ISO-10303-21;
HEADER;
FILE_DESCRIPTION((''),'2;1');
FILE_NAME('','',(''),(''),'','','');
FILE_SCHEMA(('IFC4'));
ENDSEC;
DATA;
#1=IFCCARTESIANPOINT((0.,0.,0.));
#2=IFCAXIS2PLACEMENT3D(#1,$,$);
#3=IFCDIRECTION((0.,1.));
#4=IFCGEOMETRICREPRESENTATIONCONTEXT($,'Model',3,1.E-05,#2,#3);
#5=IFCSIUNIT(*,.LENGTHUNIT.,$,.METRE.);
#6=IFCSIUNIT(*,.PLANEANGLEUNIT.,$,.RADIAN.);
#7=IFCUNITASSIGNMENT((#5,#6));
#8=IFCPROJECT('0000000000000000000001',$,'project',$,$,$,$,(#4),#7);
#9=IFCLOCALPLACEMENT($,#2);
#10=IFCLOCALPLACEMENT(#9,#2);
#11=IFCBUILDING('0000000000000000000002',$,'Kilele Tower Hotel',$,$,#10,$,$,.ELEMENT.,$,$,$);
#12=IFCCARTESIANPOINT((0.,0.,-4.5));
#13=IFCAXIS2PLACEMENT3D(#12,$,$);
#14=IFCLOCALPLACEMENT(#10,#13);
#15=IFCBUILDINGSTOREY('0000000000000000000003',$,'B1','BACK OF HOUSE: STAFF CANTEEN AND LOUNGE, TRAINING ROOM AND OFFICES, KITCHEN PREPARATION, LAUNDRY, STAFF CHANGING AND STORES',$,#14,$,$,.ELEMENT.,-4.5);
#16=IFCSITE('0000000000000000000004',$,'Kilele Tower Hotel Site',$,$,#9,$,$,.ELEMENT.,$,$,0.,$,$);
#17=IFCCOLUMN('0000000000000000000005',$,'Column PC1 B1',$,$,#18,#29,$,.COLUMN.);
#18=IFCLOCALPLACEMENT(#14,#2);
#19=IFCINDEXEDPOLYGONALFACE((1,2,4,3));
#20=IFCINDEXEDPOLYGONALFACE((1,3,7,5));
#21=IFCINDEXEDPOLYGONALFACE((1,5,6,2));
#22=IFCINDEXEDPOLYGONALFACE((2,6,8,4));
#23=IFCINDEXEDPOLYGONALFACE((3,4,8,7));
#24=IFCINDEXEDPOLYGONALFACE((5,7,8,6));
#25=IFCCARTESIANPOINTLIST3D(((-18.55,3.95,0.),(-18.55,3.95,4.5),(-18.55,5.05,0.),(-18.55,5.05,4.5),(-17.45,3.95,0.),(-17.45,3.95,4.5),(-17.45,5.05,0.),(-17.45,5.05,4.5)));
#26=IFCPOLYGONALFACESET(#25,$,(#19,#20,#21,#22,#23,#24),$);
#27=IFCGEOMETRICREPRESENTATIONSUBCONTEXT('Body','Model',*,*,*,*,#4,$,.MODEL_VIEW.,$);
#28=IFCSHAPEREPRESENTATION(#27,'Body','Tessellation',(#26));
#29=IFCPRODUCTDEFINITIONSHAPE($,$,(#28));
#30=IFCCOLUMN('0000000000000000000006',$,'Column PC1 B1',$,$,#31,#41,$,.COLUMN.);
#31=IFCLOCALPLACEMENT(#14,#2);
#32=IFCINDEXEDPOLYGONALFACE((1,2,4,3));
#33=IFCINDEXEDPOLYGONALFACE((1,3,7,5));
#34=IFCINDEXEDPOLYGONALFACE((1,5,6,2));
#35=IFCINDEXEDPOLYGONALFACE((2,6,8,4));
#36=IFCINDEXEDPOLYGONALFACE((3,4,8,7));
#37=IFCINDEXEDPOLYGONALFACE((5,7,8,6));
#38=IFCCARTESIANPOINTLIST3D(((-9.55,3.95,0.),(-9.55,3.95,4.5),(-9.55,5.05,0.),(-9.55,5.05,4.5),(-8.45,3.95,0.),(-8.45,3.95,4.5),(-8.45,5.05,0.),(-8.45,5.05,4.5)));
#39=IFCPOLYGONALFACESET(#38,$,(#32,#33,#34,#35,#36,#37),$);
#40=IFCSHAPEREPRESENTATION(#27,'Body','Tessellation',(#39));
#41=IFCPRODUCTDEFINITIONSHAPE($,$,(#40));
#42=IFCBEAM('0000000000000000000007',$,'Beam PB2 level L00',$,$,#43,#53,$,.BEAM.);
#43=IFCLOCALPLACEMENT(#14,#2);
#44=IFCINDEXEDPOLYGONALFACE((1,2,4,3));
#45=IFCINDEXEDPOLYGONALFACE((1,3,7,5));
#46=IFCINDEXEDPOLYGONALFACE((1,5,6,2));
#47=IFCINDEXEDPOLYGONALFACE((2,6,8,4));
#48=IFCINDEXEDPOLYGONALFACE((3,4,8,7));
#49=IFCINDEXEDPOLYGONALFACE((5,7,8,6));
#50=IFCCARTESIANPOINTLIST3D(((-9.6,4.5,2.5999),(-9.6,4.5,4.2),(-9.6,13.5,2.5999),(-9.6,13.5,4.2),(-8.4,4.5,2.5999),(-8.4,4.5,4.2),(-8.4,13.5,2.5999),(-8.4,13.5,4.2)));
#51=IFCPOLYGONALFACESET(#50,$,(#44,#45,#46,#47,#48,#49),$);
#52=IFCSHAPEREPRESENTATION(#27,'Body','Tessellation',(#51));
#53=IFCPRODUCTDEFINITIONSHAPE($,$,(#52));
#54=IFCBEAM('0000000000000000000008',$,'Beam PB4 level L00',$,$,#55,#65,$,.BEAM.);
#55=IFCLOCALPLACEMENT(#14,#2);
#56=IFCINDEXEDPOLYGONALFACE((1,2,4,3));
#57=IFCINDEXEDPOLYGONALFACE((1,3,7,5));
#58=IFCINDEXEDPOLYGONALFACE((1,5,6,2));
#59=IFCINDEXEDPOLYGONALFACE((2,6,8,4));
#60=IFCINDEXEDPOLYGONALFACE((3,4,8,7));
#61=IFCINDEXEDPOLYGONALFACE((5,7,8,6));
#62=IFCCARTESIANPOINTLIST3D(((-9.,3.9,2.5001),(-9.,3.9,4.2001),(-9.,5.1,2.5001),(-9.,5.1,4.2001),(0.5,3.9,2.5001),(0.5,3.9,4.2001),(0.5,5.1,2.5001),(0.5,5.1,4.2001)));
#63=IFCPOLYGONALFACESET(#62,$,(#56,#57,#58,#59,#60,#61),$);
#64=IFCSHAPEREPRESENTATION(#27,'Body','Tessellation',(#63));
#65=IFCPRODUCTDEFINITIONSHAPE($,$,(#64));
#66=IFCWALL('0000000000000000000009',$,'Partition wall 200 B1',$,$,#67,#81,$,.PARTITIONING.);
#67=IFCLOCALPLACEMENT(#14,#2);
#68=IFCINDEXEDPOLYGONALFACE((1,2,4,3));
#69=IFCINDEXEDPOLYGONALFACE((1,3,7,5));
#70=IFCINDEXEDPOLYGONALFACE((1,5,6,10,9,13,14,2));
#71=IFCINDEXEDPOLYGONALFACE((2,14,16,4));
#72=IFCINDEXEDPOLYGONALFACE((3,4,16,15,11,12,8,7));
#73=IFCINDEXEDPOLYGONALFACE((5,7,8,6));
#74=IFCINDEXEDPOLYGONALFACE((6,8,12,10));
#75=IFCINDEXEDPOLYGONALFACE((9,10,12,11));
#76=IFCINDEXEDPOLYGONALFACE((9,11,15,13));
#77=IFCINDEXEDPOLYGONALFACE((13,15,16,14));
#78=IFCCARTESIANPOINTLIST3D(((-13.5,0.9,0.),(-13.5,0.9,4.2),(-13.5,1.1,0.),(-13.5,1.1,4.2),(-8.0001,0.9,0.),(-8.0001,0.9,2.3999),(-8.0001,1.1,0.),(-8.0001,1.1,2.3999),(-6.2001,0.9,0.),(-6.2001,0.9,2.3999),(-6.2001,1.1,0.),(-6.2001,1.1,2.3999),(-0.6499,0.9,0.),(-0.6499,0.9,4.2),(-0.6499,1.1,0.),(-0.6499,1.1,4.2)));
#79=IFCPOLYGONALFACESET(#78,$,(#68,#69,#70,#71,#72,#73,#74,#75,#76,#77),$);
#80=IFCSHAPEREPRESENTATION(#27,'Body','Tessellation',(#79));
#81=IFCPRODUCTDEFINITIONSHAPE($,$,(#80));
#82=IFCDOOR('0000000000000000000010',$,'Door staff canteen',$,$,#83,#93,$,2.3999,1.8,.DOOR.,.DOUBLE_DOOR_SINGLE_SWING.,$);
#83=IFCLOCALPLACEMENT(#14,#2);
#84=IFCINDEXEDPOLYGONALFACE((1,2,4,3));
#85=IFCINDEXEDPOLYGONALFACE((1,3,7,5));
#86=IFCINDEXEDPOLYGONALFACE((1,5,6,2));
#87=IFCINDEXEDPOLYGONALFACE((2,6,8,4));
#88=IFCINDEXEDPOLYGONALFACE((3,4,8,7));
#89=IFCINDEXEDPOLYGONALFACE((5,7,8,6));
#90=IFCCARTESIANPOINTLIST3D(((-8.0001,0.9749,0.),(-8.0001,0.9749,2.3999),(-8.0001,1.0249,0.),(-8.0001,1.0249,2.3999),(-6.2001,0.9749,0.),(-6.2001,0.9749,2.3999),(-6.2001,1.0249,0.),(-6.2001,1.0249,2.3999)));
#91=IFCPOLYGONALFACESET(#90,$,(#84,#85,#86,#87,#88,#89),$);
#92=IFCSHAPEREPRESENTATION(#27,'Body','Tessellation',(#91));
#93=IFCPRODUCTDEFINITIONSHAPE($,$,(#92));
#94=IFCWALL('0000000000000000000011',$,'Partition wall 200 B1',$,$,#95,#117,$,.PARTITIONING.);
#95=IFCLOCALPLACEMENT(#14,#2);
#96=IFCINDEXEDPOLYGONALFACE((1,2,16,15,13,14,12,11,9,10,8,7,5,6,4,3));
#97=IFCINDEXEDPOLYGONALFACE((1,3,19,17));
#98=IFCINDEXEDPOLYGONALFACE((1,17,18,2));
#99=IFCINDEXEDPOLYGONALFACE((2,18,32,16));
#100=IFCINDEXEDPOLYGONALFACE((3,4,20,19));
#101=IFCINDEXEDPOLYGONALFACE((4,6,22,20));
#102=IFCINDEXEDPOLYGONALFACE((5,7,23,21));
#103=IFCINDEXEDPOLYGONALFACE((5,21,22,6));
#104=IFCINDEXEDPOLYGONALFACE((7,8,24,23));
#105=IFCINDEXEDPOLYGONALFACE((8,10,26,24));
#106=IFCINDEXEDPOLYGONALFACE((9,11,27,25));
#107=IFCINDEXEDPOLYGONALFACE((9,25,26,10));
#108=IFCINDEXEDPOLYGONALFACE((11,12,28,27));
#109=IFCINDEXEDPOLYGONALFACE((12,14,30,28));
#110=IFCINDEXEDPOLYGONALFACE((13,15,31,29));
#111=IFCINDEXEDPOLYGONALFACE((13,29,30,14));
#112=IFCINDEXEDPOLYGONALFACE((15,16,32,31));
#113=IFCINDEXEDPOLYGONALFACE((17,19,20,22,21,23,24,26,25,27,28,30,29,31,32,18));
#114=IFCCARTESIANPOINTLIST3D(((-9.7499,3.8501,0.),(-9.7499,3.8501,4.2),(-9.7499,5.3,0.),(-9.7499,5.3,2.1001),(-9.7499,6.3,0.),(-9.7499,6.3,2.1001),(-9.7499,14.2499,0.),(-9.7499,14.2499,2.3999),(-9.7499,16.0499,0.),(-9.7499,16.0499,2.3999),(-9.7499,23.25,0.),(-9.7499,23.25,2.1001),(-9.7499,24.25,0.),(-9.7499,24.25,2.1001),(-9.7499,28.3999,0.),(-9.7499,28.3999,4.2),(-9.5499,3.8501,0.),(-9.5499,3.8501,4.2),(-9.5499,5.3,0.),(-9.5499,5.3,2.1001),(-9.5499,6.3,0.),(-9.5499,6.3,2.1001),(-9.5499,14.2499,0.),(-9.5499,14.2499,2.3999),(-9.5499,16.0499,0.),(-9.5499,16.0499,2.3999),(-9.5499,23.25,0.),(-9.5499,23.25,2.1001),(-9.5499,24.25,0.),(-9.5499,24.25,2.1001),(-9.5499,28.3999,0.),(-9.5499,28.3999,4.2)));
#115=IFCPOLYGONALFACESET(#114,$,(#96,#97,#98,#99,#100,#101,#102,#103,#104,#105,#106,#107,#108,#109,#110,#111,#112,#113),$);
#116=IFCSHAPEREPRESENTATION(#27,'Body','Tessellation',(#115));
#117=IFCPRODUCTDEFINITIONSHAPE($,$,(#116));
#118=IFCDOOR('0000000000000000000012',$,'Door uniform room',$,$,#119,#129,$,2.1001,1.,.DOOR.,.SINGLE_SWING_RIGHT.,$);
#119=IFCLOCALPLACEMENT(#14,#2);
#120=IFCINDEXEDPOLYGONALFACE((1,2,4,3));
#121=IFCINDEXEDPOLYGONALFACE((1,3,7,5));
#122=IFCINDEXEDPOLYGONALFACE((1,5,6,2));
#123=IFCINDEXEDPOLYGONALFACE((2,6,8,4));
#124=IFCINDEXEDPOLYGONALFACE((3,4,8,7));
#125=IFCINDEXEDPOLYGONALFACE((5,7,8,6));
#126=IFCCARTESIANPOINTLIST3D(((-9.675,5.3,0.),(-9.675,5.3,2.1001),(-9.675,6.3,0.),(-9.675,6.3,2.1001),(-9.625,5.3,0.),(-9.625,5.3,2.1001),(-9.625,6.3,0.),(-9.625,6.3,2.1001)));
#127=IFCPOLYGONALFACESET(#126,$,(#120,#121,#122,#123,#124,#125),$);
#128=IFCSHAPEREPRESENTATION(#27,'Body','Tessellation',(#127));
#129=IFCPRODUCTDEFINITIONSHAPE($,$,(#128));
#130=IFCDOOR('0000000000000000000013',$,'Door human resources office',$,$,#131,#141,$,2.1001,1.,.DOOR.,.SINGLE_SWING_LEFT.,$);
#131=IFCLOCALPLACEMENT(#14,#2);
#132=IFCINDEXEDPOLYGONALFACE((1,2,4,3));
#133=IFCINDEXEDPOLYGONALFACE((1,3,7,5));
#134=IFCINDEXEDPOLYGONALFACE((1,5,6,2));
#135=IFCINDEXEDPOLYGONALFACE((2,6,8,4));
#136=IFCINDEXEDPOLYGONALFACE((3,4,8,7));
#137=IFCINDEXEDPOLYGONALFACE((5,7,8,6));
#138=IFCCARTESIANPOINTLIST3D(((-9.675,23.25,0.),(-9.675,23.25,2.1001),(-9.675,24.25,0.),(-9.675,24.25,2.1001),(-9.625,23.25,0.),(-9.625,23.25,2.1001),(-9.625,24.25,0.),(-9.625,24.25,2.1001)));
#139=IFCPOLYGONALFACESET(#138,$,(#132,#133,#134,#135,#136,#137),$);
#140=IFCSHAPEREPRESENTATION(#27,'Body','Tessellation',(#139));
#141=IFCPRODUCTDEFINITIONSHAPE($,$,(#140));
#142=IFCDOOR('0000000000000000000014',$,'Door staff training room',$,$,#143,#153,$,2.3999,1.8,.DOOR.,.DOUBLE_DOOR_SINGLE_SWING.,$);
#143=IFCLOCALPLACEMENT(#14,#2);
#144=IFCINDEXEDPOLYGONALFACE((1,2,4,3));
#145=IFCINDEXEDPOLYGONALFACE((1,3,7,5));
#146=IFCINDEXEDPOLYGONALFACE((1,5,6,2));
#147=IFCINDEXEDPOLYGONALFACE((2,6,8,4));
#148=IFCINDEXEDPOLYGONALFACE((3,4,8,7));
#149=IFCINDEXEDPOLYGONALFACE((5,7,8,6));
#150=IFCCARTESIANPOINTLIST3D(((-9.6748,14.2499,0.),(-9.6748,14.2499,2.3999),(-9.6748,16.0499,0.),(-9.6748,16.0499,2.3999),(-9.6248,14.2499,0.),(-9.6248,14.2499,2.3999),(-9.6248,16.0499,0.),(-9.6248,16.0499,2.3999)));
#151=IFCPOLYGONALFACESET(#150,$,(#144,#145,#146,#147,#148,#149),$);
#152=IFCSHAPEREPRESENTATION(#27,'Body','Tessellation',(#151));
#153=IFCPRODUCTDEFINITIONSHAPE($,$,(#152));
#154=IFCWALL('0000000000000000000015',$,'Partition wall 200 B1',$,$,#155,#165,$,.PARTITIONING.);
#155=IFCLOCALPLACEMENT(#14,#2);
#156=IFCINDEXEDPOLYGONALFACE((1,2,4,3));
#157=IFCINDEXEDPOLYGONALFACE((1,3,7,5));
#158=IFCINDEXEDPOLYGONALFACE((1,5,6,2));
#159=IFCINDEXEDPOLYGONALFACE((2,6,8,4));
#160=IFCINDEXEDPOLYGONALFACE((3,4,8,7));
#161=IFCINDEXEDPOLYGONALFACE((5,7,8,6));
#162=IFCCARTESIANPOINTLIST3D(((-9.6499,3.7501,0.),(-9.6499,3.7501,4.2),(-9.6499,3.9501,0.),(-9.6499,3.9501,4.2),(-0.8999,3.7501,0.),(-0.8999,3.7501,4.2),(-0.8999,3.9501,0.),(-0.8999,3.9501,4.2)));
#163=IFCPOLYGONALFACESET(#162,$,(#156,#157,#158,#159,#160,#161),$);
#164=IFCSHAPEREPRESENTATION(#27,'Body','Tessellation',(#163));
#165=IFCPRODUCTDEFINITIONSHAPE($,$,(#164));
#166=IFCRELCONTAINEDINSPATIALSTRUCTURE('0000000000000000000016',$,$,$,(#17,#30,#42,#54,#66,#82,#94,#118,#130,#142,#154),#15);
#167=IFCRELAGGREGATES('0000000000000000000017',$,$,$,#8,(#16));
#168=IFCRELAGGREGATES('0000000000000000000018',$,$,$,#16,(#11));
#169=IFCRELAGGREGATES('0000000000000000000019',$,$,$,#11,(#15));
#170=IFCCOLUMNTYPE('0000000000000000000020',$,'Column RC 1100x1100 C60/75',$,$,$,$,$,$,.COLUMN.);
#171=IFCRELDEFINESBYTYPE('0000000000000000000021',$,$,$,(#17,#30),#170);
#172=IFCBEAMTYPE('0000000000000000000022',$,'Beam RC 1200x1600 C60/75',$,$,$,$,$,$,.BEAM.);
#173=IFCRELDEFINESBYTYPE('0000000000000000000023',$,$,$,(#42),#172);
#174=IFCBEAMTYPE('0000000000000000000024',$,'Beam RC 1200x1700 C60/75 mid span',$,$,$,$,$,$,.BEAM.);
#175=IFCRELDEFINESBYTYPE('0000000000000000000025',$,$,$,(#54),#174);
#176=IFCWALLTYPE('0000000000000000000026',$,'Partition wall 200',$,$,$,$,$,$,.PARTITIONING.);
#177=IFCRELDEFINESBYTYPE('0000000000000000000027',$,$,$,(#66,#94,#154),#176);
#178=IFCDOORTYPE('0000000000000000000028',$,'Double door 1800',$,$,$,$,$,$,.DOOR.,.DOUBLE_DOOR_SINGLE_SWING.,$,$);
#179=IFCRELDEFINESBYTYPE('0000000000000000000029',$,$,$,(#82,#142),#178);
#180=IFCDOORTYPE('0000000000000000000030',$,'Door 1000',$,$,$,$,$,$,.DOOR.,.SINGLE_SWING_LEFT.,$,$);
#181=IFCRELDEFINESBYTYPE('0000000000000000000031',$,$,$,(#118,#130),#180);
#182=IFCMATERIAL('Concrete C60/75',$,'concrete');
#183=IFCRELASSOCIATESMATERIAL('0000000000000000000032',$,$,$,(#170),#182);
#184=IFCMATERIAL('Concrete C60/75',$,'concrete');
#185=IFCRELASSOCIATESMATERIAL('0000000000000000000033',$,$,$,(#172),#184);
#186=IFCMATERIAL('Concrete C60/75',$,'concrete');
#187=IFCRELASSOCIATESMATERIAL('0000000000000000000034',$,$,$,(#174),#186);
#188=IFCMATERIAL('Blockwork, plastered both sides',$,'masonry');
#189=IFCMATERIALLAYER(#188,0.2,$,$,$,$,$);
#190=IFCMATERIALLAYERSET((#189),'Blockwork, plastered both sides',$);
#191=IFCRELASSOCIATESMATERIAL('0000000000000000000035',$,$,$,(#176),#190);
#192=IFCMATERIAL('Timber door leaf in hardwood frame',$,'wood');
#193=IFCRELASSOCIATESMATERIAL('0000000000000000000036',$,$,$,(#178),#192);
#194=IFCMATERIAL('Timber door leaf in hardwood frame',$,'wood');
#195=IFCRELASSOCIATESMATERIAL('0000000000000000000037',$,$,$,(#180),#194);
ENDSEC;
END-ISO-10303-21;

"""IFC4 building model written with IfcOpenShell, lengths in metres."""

from ifc_helpers import new_model, si_unit, direction, frame, frame_2d, origin, origin_2d, place, context, subcontext, project, spatial, rectangle, extrude, material, layer, layer_set, material_profile, profile_set, type_object, element, fill, save


model = new_model("IFC4")

# Units and contexts
model_context = context("Model", 3, precision=1e-05, world=origin(), true_north=direction((0.0, 1.0)))
body_context = subcontext(model_context, "Body", "Model", "MODEL_VIEW")
ifc_project = project(units=[si_unit("LENGTHUNIT", "METRE"), si_unit("PLANEANGLEUNIT", "RADIAN")], contexts=[model_context])

# Site, building, storey
site_placement = place(None, origin())
site = spatial("IfcSite", under=ifc_project, at=site_placement, Name="Kilele Tower Hotel Site", CompositionType="ELEMENT", RefElevation=0.0)
building_placement = place(site_placement, origin())
building = spatial("IfcBuilding", under=site, at=building_placement, Name="Kilele Tower Hotel", CompositionType="ELEMENT")
storey_placement = place(building_placement, frame((0.0, 0.0, -4.5)))
storey = spatial("IfcBuildingStorey", under=building, at=storey_placement, Name="B1", Description="BACK OF HOUSE: STAFF CANTEEN AND LOUNGE, TRAINING ROOM AND OFFICES, KITCHEN PREPARATION, LAUNDRY, STAFF CHANGING AND STORES", CompositionType="ELEMENT", Elevation=-4.5)

# Columns
ifc_material_1 = material(Name="Concrete C60/75", Category="concrete")
ifc_material_profile_1 = material_profile(ifc_material_1, rectangle(XDim=1.1001, YDim=1.1001, at=origin_2d()))
ifc_profile_set_1 = profile_set([ifc_material_profile_1], Name="Concrete C60/75")
column_type = type_object("IfcColumnType", Name="Column RC 1100x1100 C60/75", PredefinedType="COLUMN", material=ifc_profile_set_1)
for number, where, z_axis, x_axis, name in (
    (1, (-18.0, 4.5, 0.0), (0.0, 0.0, 1.0), (1.0, 0.0, 0.0), "Column PC1 B1"),
    (2, (-9.0, 4.5, 0.0), (0.0, 0.0, 1.0), (1.0, 0.0, 0.0), "Column PC1 B1"),
):
    element("IfcColumn", number, at=place(storey_placement, frame(where, z_axis=z_axis, x_axis=x_axis)), inside=storey, type_object=column_type, Name=name, PredefinedType="COLUMN", context=body_context, shape_type="SweptSolid", body=[
        extrude(rectangle(XDim=1.1001, YDim=1.1001, at=origin_2d()), origin(), (0.0, 0.0, 1.0), 4.5),
    ])

# Beams
ifc_material_2 = material(Name="Concrete C60/75", Category="concrete")
ifc_material_profile_2 = material_profile(ifc_material_2, rectangle(XDim=1.2, YDim=1.6001, at=origin_2d()))
ifc_profile_set_2 = profile_set([ifc_material_profile_2], Name="Concrete C60/75")
beam_type_1 = type_object("IfcBeamType", Name="Beam RC 1200x1600 C60/75", PredefinedType="BEAM", material=ifc_profile_set_2)
beam_1_placement = place(storey_placement, frame((-9.0, 4.5, 3.3999), z_axis=(0.0, 1.0, 0.0), x_axis=(-1.0, 0.0, 0.0)))
element("IfcBeam", 3, at=beam_1_placement, inside=storey, type_object=beam_type_1, Name="Beam PB2 level L00", PredefinedType="BEAM", context=body_context, shape_type="SweptSolid", body=[
    extrude(rectangle(XDim=1.2, YDim=1.6001, at=origin_2d()), origin(), (0.0, 0.0, 1.0), 9.0),
])
ifc_material_3 = material(Name="Concrete C60/75", Category="concrete")
ifc_material_profile_3 = material_profile(ifc_material_3, rectangle(XDim=1.2, YDim=1.7, at=origin_2d()))
ifc_profile_set_3 = profile_set([ifc_material_profile_3], Name="Concrete C60/75")
beam_type_2 = type_object("IfcBeamType", Name="Beam RC 1200x1700 C60/75 mid span", PredefinedType="BEAM", material=ifc_profile_set_3)
beam_2_placement = place(storey_placement, frame((-9.0, 4.5, 3.3501), z_axis=(1.0, 0.0, 0.0), x_axis=(0.0, 1.0, 0.0)))
element("IfcBeam", 4, at=beam_2_placement, inside=storey, type_object=beam_type_2, Name="Beam PB4 level L00", PredefinedType="BEAM", context=body_context, shape_type="SweptSolid", body=[
    extrude(rectangle(XDim=1.2, YDim=1.7, at=origin_2d()), origin(), (0.0, 0.0, 1.0), 9.5),
])

# Wall, opening, door
ifc_material_4 = material(Name="Blockwork, plastered both sides", Category="masonry")
ifc_layer_1 = layer(ifc_material_4, 0.2)
ifc_layer_set_1 = layer_set([ifc_layer_1], Name="Blockwork, plastered both sides")
wall_type_1 = type_object("IfcWallType", Name="Partition wall 200", PredefinedType="PARTITIONING", material=ifc_layer_set_1)
wall_1_placement = place(storey_placement, frame((-13.5, 1.0, 0.0), z_axis=(0.0, 0.0, 1.0), x_axis=(1.0, 0.0, 0.0)))
wall_1 = element("IfcWall", 5, at=wall_1_placement, inside=storey, type_object=wall_type_1, Name="Partition wall 200 B1", PredefinedType="PARTITIONING", context=body_context, shape_type="SweptSolid", body=[
    extrude(rectangle(XDim=12.8501, YDim=0.2, at=frame_2d((6.425, 0.0))), origin(), (0.0, 0.0, 1.0), 4.2),
])
opening_1_placement = place(wall_1_placement, frame((5.5, 0.0, 0.0)))
opening_1 = element("IfcOpeningElement", 6, at=opening_1_placement, cuts=wall_1, PredefinedType="OPENING", context=body_context, shape_type="SweptSolid", body=[
    extrude(rectangle(XDim=1.8, YDim=2.3999, at=frame_2d((0.8999, 1.2))), frame((0.0, 0.1099, 0.0), z_axis=(0.0, -1.0, 0.0), x_axis=(1.0, 0.0, 0.0)), (0.0, 0.0, 1.0), 0.22),
])
ifc_material_5 = material(Name="Timber door leaf in hardwood frame", Category="wood")
door_type_1 = type_object("IfcDoorType", Name="Double door 1800", OperationType="DOUBLE_DOOR_SINGLE_SWING", PredefinedType="DOOR", material=ifc_material_5)
door_1_placement = place(opening_1_placement, origin())
door_1 = element("IfcDoor", 7, at=door_1_placement, inside=storey, type_object=door_type_1, Name="Door staff canteen", OperationType="DOUBLE_DOOR_SINGLE_SWING", OverallHeight=2.3999, OverallWidth=1.8, PredefinedType="DOOR", context=body_context, shape_type="SweptSolid", body=[
    extrude(rectangle(XDim=1.8, YDim=2.3999, at=frame_2d((0.8999, 1.2))), frame((0.0, 0.0249, 0.0), z_axis=(0.0, -1.0, 0.0), x_axis=(1.0, 0.0, 0.0)), (0.0, 0.0, 1.0), 0.05),
])
fill(opening_1, door_1)

# Wall, openings, doors
wall_2_placement = place(storey_placement, frame((-9.6499, 3.8501, 0.0), z_axis=(0.0, 0.0, 1.0), x_axis=(0.0, 1.0, 0.0)))
wall_2 = element("IfcWall", 8, at=wall_2_placement, inside=storey, type_object=wall_type_1, Name="Partition wall 200 B1", PredefinedType="PARTITIONING", context=body_context, shape_type="SweptSolid", body=[
    extrude(rectangle(XDim=24.5498, YDim=0.2, at=frame_2d((12.2749, 0.0))), origin(), (0.0, 0.0, 1.0), 4.2),
])
opening_2_placement = place(wall_2_placement, frame((2.45, 0.0, 0.0), z_axis=(0.0, 0.0, 1.0), x_axis=(-1.0, 0.0, 0.0)))
opening_2 = element("IfcOpeningElement", 9, at=opening_2_placement, cuts=wall_2, PredefinedType="OPENING", context=body_context, shape_type="SweptSolid", body=[
    extrude(rectangle(XDim=1.0, YDim=2.1001, at=frame_2d((0.5, 1.05))), frame((0.0, 0.1099, 0.0), z_axis=(0.0, -1.0, 0.0), x_axis=(1.0, 0.0, 0.0)), (0.0, 0.0, 1.0), 0.22),
])
opening_3_placement = place(wall_2_placement, frame((10.3999, 0.0, 0.0)))
opening_3 = element("IfcOpeningElement", 10, at=opening_3_placement, cuts=wall_2, PredefinedType="OPENING", context=body_context, shape_type="SweptSolid", body=[
    extrude(rectangle(XDim=1.8, YDim=2.3999, at=frame_2d((0.8999, 1.2))), frame((0.0, 0.1099, 0.0), z_axis=(0.0, -1.0, 0.0), x_axis=(1.0, 0.0, 0.0)), (0.0, 0.0, 1.0), 0.22),
])
opening_4_placement = place(wall_2_placement, frame((20.3999, 0.0, 0.0), z_axis=(0.0, 0.0, 1.0), x_axis=(-1.0, 0.0, 0.0)))
opening_4 = element("IfcOpeningElement", 11, at=opening_4_placement, cuts=wall_2, PredefinedType="OPENING", context=body_context, shape_type="SweptSolid", body=[
    extrude(rectangle(XDim=1.0, YDim=2.1001, at=frame_2d((0.5, 1.05))), frame((0.0, 0.1099, 0.0), z_axis=(0.0, -1.0, 0.0), x_axis=(1.0, 0.0, 0.0)), (0.0, 0.0, 1.0), 0.22),
])
ifc_material_6 = material(Name="Timber door leaf in hardwood frame", Category="wood")
door_type_2 = type_object("IfcDoorType", Name="Door 1000", OperationType="SINGLE_SWING_LEFT", PredefinedType="DOOR", material=ifc_material_6)
door_2_placement = place(opening_2_placement, origin())
door_2 = element("IfcDoor", 12, at=door_2_placement, inside=storey, type_object=door_type_2, Name="Door uniform room", OperationType="SINGLE_SWING_RIGHT", OverallHeight=2.1001, OverallWidth=1.0, PredefinedType="DOOR", context=body_context, shape_type="SweptSolid", body=[
    extrude(rectangle(XDim=1.0, YDim=2.1001, at=frame_2d((0.5, 1.05))), frame((0.0, 0.0249, 0.0), z_axis=(0.0, -1.0, 0.0), x_axis=(1.0, 0.0, 0.0)), (0.0, 0.0, 1.0), 0.05),
])
fill(opening_2, door_2)
door_3_placement = place(opening_4_placement, origin())
door_3 = element("IfcDoor", 13, at=door_3_placement, inside=storey, type_object=door_type_2, Name="Door human resources office", OperationType="SINGLE_SWING_LEFT", OverallHeight=2.1001, OverallWidth=1.0, PredefinedType="DOOR", context=body_context, shape_type="SweptSolid", body=[
    extrude(rectangle(XDim=1.0, YDim=2.1001, at=frame_2d((0.5, 1.05))), frame((0.0, 0.0249, 0.0), z_axis=(0.0, -1.0, 0.0), x_axis=(1.0, 0.0, 0.0)), (0.0, 0.0, 1.0), 0.05),
])
fill(opening_4, door_3)
door_4_placement = place(opening_3_placement, origin())
door_4 = element("IfcDoor", 14, at=door_4_placement, inside=storey, type_object=door_type_1, Name="Door staff training room", OperationType="DOUBLE_DOOR_SINGLE_SWING", OverallHeight=2.3999, OverallWidth=1.8, PredefinedType="DOOR", context=body_context, shape_type="SweptSolid", body=[
    extrude(rectangle(XDim=1.8, YDim=2.3999, at=frame_2d((0.8999, 1.2))), frame((0.0, 0.0249, 0.0), z_axis=(0.0, -1.0, 0.0), x_axis=(1.0, 0.0, 0.0)), (0.0, 0.0, 1.0), 0.05),
])
fill(opening_3, door_4)

# Wall
wall_3_placement = place(storey_placement, frame((-9.6499, 3.8501, 0.0), z_axis=(0.0, 0.0, 1.0), x_axis=(1.0, 0.0, 0.0)))
element("IfcWall", 15, at=wall_3_placement, inside=storey, type_object=wall_type_1, Name="Partition wall 200 B1", PredefinedType="PARTITIONING", context=body_context, shape_type="SweptSolid", body=[
    extrude(rectangle(XDim=8.75, YDim=0.2, at=frame_2d((4.375, 0.0))), origin(), (0.0, 0.0, 1.0), 4.2),
])

save(model, "model.ifc")
